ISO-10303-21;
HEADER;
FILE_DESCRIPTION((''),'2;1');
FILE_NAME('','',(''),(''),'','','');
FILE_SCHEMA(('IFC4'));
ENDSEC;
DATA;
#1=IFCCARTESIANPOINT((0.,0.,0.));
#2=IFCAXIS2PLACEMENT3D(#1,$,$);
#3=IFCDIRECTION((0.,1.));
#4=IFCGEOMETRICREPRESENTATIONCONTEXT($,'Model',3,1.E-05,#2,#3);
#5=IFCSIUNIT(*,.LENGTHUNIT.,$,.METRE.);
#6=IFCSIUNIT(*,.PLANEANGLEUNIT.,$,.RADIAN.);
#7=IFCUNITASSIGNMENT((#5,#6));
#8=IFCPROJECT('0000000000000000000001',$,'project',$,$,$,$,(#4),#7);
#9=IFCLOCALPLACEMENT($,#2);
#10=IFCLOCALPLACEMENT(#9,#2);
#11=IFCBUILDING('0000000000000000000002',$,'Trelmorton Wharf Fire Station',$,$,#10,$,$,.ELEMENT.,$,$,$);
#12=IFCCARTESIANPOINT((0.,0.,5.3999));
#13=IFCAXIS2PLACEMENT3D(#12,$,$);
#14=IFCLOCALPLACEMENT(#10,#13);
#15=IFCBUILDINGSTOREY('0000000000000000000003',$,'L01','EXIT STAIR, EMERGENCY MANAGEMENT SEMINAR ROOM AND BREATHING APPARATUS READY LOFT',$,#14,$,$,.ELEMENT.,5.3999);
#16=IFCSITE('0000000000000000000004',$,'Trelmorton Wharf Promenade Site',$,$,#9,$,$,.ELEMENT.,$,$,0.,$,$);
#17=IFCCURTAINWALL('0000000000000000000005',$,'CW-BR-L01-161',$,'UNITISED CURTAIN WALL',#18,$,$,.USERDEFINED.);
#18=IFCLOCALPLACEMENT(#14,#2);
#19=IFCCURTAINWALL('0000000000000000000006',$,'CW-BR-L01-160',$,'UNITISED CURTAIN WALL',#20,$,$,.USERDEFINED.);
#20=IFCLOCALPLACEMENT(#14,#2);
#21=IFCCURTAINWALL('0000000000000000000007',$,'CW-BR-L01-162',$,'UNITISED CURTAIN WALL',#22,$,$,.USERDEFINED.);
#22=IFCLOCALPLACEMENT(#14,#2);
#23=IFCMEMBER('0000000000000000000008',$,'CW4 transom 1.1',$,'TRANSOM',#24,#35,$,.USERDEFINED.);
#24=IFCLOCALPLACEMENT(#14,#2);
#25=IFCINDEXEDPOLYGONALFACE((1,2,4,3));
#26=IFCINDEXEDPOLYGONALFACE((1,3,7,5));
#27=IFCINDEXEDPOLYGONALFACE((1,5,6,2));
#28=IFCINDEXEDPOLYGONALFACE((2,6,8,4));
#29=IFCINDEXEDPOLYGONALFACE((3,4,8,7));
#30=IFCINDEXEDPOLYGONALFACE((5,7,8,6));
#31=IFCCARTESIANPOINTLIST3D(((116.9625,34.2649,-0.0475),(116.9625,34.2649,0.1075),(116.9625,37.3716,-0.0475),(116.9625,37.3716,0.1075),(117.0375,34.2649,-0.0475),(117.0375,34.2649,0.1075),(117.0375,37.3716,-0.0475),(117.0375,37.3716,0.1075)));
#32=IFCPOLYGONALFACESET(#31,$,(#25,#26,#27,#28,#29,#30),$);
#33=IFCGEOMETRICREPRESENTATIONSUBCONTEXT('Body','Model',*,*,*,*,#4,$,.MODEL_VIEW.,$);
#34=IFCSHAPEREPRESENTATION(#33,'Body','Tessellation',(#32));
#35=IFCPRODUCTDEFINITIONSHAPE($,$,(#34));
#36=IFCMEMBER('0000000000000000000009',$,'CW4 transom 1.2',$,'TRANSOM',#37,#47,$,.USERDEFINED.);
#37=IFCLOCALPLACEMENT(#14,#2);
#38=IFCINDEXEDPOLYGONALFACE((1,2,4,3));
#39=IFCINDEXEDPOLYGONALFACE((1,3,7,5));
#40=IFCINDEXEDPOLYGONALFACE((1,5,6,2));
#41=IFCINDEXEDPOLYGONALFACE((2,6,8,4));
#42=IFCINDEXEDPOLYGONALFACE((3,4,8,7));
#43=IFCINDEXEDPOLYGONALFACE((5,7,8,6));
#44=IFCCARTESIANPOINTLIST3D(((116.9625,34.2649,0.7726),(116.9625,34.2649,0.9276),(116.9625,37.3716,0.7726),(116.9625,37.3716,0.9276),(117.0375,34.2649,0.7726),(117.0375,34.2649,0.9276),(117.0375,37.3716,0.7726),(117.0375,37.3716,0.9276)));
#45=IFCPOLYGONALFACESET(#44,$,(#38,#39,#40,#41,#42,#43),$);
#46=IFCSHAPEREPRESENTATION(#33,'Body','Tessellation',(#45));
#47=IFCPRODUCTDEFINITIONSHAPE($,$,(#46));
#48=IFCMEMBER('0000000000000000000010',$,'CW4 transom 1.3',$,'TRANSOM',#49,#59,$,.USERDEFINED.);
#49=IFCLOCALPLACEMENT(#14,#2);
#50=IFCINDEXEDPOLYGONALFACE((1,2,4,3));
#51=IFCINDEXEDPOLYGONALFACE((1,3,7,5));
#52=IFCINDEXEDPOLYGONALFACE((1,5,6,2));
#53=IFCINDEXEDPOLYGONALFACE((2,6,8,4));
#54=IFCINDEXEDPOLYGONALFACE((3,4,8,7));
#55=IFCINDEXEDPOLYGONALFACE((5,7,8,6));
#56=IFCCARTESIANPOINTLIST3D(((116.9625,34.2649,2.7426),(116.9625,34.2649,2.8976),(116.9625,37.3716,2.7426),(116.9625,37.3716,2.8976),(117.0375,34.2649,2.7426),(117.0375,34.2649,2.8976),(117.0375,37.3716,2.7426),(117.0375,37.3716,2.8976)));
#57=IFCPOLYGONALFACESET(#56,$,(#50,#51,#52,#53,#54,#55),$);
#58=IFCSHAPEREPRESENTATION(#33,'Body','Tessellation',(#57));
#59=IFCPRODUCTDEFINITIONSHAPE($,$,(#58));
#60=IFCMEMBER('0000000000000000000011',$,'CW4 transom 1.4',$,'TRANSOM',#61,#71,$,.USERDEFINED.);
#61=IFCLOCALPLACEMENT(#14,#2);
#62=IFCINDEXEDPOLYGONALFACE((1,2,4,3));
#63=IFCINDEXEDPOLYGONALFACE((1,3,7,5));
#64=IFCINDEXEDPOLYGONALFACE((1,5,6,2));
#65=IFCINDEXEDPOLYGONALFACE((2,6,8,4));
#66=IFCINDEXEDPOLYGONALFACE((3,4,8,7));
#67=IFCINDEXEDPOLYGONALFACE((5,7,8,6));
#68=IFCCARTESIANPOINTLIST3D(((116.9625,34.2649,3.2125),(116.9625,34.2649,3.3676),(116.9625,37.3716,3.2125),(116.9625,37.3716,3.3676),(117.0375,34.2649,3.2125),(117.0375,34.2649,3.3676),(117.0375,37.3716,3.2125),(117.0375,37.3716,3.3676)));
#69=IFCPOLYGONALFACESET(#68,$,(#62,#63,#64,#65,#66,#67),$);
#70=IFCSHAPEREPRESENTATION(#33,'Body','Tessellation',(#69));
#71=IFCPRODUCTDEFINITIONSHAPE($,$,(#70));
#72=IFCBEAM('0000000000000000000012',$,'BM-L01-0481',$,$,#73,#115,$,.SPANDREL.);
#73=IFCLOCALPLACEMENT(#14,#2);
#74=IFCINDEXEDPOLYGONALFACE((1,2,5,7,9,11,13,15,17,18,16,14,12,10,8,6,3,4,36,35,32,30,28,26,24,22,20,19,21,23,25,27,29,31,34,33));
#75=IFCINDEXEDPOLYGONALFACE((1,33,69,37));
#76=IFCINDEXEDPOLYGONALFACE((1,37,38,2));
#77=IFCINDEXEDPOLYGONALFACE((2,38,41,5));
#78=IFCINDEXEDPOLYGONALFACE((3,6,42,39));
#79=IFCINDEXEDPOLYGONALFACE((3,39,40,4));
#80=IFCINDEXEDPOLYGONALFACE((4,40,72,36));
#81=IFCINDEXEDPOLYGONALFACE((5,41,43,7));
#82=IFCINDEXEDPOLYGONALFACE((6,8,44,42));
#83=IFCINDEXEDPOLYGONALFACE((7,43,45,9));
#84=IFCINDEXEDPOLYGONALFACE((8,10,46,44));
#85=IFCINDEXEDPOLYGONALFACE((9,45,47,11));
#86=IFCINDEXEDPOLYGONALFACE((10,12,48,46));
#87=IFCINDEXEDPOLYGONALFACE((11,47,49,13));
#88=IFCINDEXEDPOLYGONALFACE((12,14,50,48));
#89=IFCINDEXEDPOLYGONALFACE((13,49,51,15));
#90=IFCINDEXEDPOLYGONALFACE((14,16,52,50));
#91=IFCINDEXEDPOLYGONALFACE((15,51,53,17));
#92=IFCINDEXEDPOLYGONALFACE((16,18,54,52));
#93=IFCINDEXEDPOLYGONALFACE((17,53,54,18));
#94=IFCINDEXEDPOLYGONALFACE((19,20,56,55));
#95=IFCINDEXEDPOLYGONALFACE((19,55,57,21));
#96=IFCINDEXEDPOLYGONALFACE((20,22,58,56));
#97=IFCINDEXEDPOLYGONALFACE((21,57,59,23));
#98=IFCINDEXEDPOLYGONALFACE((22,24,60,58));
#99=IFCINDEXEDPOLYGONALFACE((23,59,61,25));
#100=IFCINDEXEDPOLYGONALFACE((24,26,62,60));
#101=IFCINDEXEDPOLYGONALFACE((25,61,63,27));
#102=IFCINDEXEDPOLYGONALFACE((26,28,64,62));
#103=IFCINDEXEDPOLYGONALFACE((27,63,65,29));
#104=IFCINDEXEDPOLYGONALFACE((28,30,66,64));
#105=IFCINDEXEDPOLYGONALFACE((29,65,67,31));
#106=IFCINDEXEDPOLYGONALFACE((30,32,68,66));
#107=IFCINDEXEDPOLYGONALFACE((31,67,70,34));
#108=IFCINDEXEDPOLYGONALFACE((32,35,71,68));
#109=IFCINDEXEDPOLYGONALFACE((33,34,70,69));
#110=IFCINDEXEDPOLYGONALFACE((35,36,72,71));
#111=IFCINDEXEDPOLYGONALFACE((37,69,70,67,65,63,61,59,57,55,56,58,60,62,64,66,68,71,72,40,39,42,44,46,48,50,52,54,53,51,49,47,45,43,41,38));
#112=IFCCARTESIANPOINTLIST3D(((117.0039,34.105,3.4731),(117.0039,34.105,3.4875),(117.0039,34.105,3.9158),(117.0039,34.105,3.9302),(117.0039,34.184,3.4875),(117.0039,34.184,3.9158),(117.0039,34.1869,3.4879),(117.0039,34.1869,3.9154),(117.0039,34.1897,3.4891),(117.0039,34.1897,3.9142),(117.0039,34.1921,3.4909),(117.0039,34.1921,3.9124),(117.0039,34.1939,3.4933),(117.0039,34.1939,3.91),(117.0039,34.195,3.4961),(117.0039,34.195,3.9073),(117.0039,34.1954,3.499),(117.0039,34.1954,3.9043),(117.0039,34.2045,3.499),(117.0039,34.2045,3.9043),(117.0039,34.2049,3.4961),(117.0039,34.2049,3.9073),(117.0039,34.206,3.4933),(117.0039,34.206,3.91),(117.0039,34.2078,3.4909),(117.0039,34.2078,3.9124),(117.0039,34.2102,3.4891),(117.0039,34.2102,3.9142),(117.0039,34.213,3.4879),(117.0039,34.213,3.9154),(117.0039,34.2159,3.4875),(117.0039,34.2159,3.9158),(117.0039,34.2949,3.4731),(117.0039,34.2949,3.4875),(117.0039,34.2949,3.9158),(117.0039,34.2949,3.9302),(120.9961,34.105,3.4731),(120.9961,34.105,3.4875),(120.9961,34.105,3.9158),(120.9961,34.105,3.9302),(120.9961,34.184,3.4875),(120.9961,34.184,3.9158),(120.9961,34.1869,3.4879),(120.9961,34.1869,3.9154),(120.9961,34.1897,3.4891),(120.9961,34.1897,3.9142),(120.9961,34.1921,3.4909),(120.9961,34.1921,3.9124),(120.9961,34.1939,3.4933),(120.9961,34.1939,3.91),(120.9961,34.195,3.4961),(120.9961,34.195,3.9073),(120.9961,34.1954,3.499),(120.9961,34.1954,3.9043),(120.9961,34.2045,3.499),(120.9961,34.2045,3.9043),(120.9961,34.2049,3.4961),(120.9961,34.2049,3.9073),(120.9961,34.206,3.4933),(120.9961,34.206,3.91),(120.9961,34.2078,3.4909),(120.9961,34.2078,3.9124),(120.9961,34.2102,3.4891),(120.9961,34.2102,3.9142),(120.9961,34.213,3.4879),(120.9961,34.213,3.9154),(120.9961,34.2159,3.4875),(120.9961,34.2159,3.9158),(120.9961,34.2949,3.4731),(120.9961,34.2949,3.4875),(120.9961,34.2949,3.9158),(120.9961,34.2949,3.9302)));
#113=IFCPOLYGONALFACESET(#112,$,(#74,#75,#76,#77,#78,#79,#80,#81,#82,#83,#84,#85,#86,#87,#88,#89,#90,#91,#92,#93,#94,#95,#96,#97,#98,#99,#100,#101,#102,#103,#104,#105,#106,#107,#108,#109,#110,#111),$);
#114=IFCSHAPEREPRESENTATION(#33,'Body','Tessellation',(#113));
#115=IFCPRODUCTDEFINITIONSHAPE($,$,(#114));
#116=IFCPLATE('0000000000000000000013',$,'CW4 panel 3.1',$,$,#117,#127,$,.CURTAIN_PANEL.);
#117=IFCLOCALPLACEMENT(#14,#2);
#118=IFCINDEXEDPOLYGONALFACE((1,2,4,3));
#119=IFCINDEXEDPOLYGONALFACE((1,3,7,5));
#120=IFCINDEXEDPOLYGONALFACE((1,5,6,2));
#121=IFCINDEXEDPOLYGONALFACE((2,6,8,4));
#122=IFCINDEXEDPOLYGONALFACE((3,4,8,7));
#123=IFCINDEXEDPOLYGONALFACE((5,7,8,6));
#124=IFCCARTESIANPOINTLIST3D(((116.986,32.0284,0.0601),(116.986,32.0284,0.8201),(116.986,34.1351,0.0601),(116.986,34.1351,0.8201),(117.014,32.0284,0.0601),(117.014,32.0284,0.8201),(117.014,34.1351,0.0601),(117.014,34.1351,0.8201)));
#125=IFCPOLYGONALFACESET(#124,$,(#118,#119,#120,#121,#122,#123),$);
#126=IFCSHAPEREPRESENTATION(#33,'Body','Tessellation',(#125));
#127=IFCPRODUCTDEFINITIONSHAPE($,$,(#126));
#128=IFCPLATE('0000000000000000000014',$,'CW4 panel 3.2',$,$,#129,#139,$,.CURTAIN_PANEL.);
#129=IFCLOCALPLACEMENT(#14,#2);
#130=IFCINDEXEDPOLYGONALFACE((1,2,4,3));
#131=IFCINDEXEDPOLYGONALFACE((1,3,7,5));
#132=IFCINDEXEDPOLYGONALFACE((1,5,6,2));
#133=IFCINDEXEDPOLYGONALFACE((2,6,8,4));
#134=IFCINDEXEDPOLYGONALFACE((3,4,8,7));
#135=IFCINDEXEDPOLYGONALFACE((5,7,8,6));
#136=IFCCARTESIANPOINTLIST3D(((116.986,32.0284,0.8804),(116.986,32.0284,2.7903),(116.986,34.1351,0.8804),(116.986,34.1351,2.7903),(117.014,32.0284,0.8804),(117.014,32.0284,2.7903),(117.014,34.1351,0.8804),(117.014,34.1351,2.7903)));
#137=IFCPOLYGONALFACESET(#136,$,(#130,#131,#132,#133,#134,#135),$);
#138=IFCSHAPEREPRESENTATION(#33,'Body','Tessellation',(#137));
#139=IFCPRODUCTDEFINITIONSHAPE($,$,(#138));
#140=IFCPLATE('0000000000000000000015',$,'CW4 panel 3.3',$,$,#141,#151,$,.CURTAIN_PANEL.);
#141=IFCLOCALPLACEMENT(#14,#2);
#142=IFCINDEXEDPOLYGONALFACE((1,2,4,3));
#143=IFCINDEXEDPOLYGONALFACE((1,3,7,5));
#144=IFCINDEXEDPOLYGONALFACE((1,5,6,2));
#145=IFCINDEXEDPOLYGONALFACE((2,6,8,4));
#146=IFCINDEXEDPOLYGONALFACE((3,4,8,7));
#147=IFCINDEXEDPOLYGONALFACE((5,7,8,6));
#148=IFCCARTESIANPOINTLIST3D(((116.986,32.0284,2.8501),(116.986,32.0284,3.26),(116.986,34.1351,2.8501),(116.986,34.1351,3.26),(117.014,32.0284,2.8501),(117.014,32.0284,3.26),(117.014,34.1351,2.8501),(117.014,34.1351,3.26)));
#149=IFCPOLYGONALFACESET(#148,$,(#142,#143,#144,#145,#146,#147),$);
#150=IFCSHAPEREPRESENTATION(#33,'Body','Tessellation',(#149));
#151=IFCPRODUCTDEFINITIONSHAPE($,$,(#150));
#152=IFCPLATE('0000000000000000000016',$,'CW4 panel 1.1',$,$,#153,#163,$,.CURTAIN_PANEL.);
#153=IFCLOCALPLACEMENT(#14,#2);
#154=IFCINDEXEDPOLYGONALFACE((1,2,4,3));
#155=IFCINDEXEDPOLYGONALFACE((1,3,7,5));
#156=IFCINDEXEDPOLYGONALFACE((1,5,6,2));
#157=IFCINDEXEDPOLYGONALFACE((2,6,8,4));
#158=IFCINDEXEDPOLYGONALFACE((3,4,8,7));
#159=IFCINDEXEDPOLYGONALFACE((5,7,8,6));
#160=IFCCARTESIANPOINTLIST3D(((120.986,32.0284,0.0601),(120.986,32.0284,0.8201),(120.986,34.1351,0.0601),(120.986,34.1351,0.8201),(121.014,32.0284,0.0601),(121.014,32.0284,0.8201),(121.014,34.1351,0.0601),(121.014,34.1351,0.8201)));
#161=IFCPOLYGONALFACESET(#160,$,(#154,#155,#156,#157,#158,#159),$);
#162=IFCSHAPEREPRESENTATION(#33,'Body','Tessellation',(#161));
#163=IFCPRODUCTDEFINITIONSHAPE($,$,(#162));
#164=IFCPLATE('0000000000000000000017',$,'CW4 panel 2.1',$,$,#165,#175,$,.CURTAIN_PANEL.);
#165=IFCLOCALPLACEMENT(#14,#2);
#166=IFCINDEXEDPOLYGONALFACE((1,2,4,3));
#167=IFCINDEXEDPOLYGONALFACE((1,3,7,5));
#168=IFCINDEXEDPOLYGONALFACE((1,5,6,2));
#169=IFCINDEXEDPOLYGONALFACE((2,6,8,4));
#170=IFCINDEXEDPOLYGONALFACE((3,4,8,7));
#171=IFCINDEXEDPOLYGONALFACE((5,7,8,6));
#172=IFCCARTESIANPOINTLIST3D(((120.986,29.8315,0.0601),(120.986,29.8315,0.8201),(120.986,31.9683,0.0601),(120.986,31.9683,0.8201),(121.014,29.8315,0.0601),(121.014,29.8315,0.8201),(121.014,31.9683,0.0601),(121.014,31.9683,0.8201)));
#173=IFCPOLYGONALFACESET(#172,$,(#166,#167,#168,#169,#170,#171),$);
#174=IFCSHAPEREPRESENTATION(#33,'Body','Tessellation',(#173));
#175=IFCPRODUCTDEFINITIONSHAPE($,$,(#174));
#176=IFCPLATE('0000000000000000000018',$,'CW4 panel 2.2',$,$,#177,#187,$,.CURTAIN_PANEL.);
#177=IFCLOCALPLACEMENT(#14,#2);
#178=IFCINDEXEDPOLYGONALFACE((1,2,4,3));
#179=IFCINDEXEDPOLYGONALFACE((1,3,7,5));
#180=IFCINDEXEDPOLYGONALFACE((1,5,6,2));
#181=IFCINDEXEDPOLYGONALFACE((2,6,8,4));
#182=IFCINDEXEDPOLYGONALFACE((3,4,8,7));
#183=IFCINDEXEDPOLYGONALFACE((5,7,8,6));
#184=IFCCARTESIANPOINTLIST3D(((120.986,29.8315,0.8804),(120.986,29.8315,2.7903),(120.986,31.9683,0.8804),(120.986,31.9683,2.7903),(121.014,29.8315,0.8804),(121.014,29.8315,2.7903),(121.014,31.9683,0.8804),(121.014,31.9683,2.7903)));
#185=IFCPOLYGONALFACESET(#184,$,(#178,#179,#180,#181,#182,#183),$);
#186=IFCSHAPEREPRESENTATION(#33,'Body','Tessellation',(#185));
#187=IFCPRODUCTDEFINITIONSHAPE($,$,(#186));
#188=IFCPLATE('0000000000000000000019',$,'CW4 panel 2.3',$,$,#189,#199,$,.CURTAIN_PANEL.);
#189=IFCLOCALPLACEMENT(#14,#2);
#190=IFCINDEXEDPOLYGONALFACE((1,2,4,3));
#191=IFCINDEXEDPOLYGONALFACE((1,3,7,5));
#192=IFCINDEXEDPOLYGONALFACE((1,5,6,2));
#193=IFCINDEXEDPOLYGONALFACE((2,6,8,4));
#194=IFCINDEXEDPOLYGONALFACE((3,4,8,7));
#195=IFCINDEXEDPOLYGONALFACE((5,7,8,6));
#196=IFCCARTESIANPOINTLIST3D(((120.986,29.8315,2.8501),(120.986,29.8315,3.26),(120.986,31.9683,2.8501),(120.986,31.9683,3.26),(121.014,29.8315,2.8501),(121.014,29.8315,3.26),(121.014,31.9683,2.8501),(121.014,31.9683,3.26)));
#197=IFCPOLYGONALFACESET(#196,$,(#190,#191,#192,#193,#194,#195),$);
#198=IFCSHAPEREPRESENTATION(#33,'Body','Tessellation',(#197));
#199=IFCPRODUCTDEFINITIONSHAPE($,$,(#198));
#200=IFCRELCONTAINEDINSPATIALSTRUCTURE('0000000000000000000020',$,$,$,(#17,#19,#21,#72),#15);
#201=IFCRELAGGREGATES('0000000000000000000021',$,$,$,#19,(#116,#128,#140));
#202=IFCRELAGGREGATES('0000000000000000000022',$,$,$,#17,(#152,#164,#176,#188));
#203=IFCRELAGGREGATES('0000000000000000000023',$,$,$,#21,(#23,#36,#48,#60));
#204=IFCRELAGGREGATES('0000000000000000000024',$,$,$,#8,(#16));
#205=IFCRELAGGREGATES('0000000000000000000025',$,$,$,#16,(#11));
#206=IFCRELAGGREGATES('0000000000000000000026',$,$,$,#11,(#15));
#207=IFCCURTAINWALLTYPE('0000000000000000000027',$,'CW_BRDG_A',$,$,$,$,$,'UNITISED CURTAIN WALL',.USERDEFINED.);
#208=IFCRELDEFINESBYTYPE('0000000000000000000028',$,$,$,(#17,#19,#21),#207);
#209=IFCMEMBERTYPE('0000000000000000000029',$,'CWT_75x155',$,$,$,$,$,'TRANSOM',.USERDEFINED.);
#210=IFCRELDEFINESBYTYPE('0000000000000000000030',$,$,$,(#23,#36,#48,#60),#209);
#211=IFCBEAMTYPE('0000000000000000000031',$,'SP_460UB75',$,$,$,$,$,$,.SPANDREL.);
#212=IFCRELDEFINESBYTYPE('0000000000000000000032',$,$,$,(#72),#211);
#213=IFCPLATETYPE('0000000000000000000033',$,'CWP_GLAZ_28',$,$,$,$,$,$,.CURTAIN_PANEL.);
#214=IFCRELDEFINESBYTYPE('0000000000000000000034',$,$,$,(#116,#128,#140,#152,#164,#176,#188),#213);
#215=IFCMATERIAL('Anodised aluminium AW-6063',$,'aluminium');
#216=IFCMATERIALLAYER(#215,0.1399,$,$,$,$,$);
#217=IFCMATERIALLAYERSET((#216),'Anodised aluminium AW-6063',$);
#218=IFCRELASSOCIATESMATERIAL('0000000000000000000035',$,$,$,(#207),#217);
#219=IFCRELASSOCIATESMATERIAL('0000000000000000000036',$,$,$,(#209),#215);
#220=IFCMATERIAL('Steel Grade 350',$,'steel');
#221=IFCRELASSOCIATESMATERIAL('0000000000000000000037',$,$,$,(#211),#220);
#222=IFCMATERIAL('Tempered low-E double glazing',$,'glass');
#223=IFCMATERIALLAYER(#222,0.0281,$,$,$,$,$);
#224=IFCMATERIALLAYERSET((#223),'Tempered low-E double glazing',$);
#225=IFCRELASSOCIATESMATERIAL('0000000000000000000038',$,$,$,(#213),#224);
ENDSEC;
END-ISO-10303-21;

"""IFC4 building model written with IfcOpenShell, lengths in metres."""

from ifc_helpers import new_model, si_unit, direction, frame, origin, origin_2d, place, context, subcontext, project, spatial, rectangle, i_section, extrude, material, layer, layer_set, material_profile, profile_set, type_object, element, aggregate, save


model = new_model("IFC4")

# Units and contexts
model_context = context("Model", 3, precision=1e-05, world=origin(), true_north=direction((0.0, 1.0)))
body_context = subcontext(model_context, "Body", "Model", "MODEL_VIEW")
ifc_project = project(units=[si_unit("LENGTHUNIT", "METRE"), si_unit("PLANEANGLEUNIT", "RADIAN")], contexts=[model_context])

# Site, building, storey
site_placement = place(None, origin())
site = spatial("IfcSite", under=ifc_project, at=site_placement, Name="Trelmorton Wharf Promenade Site", CompositionType="ELEMENT", RefElevation=0.0)
building_placement = place(site_placement, origin())
building = spatial("IfcBuilding", under=site, at=building_placement, Name="Trelmorton Wharf Fire Station", CompositionType="ELEMENT")
storey_placement = place(building_placement, frame((0.0, 0.0, 5.3999)))
storey = spatial("IfcBuildingStorey", under=building, at=storey_placement, Name="L01", Description="EXIT STAIR, EMERGENCY MANAGEMENT SEMINAR ROOM AND BREATHING APPARATUS READY LOFT", CompositionType="ELEMENT", Elevation=5.3999)

# Shared definitions
ifc_material_1 = material(Name="Steel Grade 350", Category="steel")

# Curtain wall
ifc_material_2 = material(Name="Anodised aluminium AW-6063", Category="aluminium")
ifc_layer_1 = layer(ifc_material_2, 0.1399)
ifc_layer_set_1 = layer_set([ifc_layer_1], Name="Anodised aluminium AW-6063")
curtain_wall_type = type_object("IfcCurtainWallType", Name="CW_BRDG_A", ElementType="UNITISED CURTAIN WALL", PredefinedType="USERDEFINED", material=ifc_layer_set_1)
curtain_wall_1_placement = place(storey_placement, origin())
curtain_wall_1 = element("IfcCurtainWall", 1, at=curtain_wall_1_placement, inside=storey, type_object=curtain_wall_type, Name="CW-BR-L01-161", ObjectType="UNITISED CURTAIN WALL", PredefinedType="USERDEFINED")

# Curtain wall
curtain_wall_2_placement = place(storey_placement, origin())
curtain_wall_2 = element("IfcCurtainWall", 2, at=curtain_wall_2_placement, inside=storey, type_object=curtain_wall_type, Name="CW-BR-L01-160", ObjectType="UNITISED CURTAIN WALL", PredefinedType="USERDEFINED")

# Curtain wall
curtain_wall_3_placement = place(storey_placement, origin())
curtain_wall_3 = element("IfcCurtainWall", 3, at=curtain_wall_3_placement, inside=storey, type_object=curtain_wall_type, Name="CW-BR-L01-162", ObjectType="UNITISED CURTAIN WALL", PredefinedType="USERDEFINED")

# Members
ifc_material_profile_1 = material_profile(ifc_material_2, rectangle(XDim=0.075, YDim=0.155, at=origin_2d()), Name="ALU-75x155")
ifc_profile_set_1 = profile_set([ifc_material_profile_1], Name="Anodised aluminium AW-6063")
member_type_1 = type_object("IfcMemberType", Name="CWT_75x155", ElementType="TRANSOM", PredefinedType="USERDEFINED", material=ifc_profile_set_1)
member_1_placement = place(storey_placement, frame((117.0, 34.2649, 0.03), z_axis=(0.0, 1.0, 0.0), x_axis=(-1.0, 0.0, 0.0)))
member_1 = element("IfcMember", 4, at=member_1_placement, type_object=member_type_1, Name="CW4 transom 1.1", ObjectType="TRANSOM", PredefinedType="USERDEFINED", context=body_context, shape_type="SweptSolid", body=[
    extrude(rectangle(XDim=0.075, YDim=0.155, at=origin_2d()), origin(), (0.0, 0.0, 1.0), 3.1067),
])
member_2_placement = place(storey_placement, frame((117.0, 34.2649, 0.8501), z_axis=(0.0, 1.0, 0.0), x_axis=(-1.0, 0.0, 0.0)))
member_2 = element("IfcMember", 5, at=member_2_placement, type_object=member_type_1, Name="CW4 transom 1.2", ObjectType="TRANSOM", PredefinedType="USERDEFINED", context=body_context, shape_type="SweptSolid", body=[
    extrude(rectangle(XDim=0.075, YDim=0.155, at=origin_2d()), origin(), (0.0, 0.0, 1.0), 3.1067),
])
member_3_placement = place(storey_placement, frame((117.0, 34.2649, 2.8201), z_axis=(0.0, 1.0, 0.0), x_axis=(-1.0, 0.0, 0.0)))
member_3 = element("IfcMember", 6, at=member_3_placement, type_object=member_type_1, Name="CW4 transom 1.3", ObjectType="TRANSOM", PredefinedType="USERDEFINED", context=body_context, shape_type="SweptSolid", body=[
    extrude(rectangle(XDim=0.075, YDim=0.155, at=origin_2d()), origin(), (0.0, 0.0, 1.0), 3.1067),
])
member_4_placement = place(storey_placement, frame((117.0, 34.2649, 3.29), z_axis=(0.0, 1.0, 0.0), x_axis=(-1.0, 0.0, 0.0)))
member_4 = element("IfcMember", 7, at=member_4_placement, type_object=member_type_1, Name="CW4 transom 1.4", ObjectType="TRANSOM", PredefinedType="USERDEFINED", context=body_context, shape_type="SweptSolid", body=[
    extrude(rectangle(XDim=0.075, YDim=0.155, at=origin_2d()), origin(), (0.0, 0.0, 1.0), 3.1067),
])

# Beam
ifc_material_profile_2 = material_profile(ifc_material_1, i_section(OverallWidth=0.1899, OverallDepth=0.457, WebThickness=0.009, FlangeThickness=0.0144, FilletRadius=0.0115, at=origin_2d()), Name="460UB74.6")
ifc_profile_set_2 = profile_set([ifc_material_profile_2], Name="Steel Grade 350")
beam_type_1 = type_object("IfcBeamType", Name="SP_460UB75", PredefinedType="SPANDREL", material=ifc_profile_set_2)
beam_1_placement = place(storey_placement, frame((117.0039, 34.2, 3.7017), z_axis=(1.0, 0.0, 0.0), x_axis=(0.0, 1.0, 0.0)))
element("IfcBeam", 8, at=beam_1_placement, inside=storey, type_object=beam_type_1, Name="BM-L01-0481", PredefinedType="SPANDREL", context=body_context, shape_type="SweptSolid", body=[
    extrude(i_section(OverallWidth=0.1899, OverallDepth=0.457, WebThickness=0.009, FlangeThickness=0.0144, FilletRadius=0.0115, at=origin_2d()), origin(), (0.0, 0.0, 1.0), 3.9922),
])

# Plates
ifc_material_3 = material(Name="Tempered low-E double glazing", Category="glass")
ifc_layer_2 = layer(ifc_material_3, 0.0281)
ifc_layer_set_2 = layer_set([ifc_layer_2], Name="Tempered low-E double glazing")
plate_type_1 = type_object("IfcPlateType", Name="CWP_GLAZ_28", PredefinedType="CURTAIN_PANEL", material=ifc_layer_set_2)
plate_1_placement = place(storey_placement, frame((117.0, 33.0818, 0.0601), z_axis=(0.0, 0.0, 1.0), x_axis=(0.0, 1.0, 0.0)))
plate_1 = element("IfcPlate", 9, at=plate_1_placement, type_object=plate_type_1, Name="CW4 panel 3.1", PredefinedType="CURTAIN_PANEL", context=body_context, shape_type="SweptSolid", body=[
    extrude(rectangle(XDim=2.1067, YDim=0.0281, at=origin_2d()), origin(), (0.0, 0.0, 1.0), 0.76),
])
plate_2_placement = place(storey_placement, frame((117.0, 33.0818, 0.8804), z_axis=(0.0, 0.0, 1.0), x_axis=(0.0, 1.0, 0.0)))
plate_2 = element("IfcPlate", 10, at=plate_2_placement, type_object=plate_type_1, Name="CW4 panel 3.2", PredefinedType="CURTAIN_PANEL", context=body_context, shape_type="SweptSolid", body=[
    extrude(rectangle(XDim=2.1067, YDim=0.0281, at=origin_2d()), origin(), (0.0, 0.0, 1.0), 1.9099),
])
plate_3_placement = place(storey_placement, frame((117.0, 33.0818, 2.8501), z_axis=(0.0, 0.0, 1.0), x_axis=(0.0, 1.0, 0.0)))
plate_3 = element("IfcPlate", 11, at=plate_3_placement, type_object=plate_type_1, Name="CW4 panel 3.3", PredefinedType="CURTAIN_PANEL", context=body_context, shape_type="SweptSolid", body=[
    extrude(rectangle(XDim=2.1067, YDim=0.0281, at=origin_2d()), origin(), (0.0, 0.0, 1.0), 0.4099),
])
aggregate(curtain_wall_2, [plate_1, plate_2, plate_3])
plate_4_placement = place(storey_placement, frame((121.0, 33.0818, 0.0601), z_axis=(0.0, 0.0, 1.0), x_axis=(0.0, -1.0, 0.0)))
plate_4 = element("IfcPlate", 12, at=plate_4_placement, type_object=plate_type_1, Name="CW4 panel 1.1", PredefinedType="CURTAIN_PANEL", context=body_context, shape_type="SweptSolid", body=[
    extrude(rectangle(XDim=2.1067, YDim=0.0281, at=origin_2d()), origin(), (0.0, 0.0, 1.0), 0.76),
])
plate_5_placement = place(storey_placement, frame((121.0, 30.8999, 0.0601), z_axis=(0.0, 0.0, 1.0), x_axis=(0.0, -1.0, 0.0)))
plate_5 = element("IfcPlate", 13, at=plate_5_placement, type_object=plate_type_1, Name="CW4 panel 2.1", PredefinedType="CURTAIN_PANEL", context=body_context, shape_type="SweptSolid", body=[
    extrude(rectangle(XDim=2.1367, YDim=0.0281, at=origin_2d()), origin(), (0.0, 0.0, 1.0), 0.76),
])
plate_6_placement = place(storey_placement, frame((121.0, 30.8999, 0.8804), z_axis=(0.0, 0.0, 1.0), x_axis=(0.0, -1.0, 0.0)))
plate_6 = element("IfcPlate", 14, at=plate_6_placement, type_object=plate_type_1, Name="CW4 panel 2.2", PredefinedType="CURTAIN_PANEL", context=body_context, shape_type="SweptSolid", body=[
    extrude(rectangle(XDim=2.1367, YDim=0.0281, at=origin_2d()), origin(), (0.0, 0.0, 1.0), 1.9099),
])
plate_7_placement = place(storey_placement, frame((121.0, 30.8999, 2.8501), z_axis=(0.0, 0.0, 1.0), x_axis=(0.0, -1.0, 0.0)))
plate_7 = element("IfcPlate", 15, at=plate_7_placement, type_object=plate_type_1, Name="CW4 panel 2.3", PredefinedType="CURTAIN_PANEL", context=body_context, shape_type="SweptSolid", body=[
    extrude(rectangle(XDim=2.1367, YDim=0.0281, at=origin_2d()), origin(), (0.0, 0.0, 1.0), 0.4099),
])
aggregate(curtain_wall_1, [plate_4, plate_5, plate_6, plate_7])
aggregate(curtain_wall_3, [member_1, member_2, member_3, member_4])

save(model, "model.ifc")
